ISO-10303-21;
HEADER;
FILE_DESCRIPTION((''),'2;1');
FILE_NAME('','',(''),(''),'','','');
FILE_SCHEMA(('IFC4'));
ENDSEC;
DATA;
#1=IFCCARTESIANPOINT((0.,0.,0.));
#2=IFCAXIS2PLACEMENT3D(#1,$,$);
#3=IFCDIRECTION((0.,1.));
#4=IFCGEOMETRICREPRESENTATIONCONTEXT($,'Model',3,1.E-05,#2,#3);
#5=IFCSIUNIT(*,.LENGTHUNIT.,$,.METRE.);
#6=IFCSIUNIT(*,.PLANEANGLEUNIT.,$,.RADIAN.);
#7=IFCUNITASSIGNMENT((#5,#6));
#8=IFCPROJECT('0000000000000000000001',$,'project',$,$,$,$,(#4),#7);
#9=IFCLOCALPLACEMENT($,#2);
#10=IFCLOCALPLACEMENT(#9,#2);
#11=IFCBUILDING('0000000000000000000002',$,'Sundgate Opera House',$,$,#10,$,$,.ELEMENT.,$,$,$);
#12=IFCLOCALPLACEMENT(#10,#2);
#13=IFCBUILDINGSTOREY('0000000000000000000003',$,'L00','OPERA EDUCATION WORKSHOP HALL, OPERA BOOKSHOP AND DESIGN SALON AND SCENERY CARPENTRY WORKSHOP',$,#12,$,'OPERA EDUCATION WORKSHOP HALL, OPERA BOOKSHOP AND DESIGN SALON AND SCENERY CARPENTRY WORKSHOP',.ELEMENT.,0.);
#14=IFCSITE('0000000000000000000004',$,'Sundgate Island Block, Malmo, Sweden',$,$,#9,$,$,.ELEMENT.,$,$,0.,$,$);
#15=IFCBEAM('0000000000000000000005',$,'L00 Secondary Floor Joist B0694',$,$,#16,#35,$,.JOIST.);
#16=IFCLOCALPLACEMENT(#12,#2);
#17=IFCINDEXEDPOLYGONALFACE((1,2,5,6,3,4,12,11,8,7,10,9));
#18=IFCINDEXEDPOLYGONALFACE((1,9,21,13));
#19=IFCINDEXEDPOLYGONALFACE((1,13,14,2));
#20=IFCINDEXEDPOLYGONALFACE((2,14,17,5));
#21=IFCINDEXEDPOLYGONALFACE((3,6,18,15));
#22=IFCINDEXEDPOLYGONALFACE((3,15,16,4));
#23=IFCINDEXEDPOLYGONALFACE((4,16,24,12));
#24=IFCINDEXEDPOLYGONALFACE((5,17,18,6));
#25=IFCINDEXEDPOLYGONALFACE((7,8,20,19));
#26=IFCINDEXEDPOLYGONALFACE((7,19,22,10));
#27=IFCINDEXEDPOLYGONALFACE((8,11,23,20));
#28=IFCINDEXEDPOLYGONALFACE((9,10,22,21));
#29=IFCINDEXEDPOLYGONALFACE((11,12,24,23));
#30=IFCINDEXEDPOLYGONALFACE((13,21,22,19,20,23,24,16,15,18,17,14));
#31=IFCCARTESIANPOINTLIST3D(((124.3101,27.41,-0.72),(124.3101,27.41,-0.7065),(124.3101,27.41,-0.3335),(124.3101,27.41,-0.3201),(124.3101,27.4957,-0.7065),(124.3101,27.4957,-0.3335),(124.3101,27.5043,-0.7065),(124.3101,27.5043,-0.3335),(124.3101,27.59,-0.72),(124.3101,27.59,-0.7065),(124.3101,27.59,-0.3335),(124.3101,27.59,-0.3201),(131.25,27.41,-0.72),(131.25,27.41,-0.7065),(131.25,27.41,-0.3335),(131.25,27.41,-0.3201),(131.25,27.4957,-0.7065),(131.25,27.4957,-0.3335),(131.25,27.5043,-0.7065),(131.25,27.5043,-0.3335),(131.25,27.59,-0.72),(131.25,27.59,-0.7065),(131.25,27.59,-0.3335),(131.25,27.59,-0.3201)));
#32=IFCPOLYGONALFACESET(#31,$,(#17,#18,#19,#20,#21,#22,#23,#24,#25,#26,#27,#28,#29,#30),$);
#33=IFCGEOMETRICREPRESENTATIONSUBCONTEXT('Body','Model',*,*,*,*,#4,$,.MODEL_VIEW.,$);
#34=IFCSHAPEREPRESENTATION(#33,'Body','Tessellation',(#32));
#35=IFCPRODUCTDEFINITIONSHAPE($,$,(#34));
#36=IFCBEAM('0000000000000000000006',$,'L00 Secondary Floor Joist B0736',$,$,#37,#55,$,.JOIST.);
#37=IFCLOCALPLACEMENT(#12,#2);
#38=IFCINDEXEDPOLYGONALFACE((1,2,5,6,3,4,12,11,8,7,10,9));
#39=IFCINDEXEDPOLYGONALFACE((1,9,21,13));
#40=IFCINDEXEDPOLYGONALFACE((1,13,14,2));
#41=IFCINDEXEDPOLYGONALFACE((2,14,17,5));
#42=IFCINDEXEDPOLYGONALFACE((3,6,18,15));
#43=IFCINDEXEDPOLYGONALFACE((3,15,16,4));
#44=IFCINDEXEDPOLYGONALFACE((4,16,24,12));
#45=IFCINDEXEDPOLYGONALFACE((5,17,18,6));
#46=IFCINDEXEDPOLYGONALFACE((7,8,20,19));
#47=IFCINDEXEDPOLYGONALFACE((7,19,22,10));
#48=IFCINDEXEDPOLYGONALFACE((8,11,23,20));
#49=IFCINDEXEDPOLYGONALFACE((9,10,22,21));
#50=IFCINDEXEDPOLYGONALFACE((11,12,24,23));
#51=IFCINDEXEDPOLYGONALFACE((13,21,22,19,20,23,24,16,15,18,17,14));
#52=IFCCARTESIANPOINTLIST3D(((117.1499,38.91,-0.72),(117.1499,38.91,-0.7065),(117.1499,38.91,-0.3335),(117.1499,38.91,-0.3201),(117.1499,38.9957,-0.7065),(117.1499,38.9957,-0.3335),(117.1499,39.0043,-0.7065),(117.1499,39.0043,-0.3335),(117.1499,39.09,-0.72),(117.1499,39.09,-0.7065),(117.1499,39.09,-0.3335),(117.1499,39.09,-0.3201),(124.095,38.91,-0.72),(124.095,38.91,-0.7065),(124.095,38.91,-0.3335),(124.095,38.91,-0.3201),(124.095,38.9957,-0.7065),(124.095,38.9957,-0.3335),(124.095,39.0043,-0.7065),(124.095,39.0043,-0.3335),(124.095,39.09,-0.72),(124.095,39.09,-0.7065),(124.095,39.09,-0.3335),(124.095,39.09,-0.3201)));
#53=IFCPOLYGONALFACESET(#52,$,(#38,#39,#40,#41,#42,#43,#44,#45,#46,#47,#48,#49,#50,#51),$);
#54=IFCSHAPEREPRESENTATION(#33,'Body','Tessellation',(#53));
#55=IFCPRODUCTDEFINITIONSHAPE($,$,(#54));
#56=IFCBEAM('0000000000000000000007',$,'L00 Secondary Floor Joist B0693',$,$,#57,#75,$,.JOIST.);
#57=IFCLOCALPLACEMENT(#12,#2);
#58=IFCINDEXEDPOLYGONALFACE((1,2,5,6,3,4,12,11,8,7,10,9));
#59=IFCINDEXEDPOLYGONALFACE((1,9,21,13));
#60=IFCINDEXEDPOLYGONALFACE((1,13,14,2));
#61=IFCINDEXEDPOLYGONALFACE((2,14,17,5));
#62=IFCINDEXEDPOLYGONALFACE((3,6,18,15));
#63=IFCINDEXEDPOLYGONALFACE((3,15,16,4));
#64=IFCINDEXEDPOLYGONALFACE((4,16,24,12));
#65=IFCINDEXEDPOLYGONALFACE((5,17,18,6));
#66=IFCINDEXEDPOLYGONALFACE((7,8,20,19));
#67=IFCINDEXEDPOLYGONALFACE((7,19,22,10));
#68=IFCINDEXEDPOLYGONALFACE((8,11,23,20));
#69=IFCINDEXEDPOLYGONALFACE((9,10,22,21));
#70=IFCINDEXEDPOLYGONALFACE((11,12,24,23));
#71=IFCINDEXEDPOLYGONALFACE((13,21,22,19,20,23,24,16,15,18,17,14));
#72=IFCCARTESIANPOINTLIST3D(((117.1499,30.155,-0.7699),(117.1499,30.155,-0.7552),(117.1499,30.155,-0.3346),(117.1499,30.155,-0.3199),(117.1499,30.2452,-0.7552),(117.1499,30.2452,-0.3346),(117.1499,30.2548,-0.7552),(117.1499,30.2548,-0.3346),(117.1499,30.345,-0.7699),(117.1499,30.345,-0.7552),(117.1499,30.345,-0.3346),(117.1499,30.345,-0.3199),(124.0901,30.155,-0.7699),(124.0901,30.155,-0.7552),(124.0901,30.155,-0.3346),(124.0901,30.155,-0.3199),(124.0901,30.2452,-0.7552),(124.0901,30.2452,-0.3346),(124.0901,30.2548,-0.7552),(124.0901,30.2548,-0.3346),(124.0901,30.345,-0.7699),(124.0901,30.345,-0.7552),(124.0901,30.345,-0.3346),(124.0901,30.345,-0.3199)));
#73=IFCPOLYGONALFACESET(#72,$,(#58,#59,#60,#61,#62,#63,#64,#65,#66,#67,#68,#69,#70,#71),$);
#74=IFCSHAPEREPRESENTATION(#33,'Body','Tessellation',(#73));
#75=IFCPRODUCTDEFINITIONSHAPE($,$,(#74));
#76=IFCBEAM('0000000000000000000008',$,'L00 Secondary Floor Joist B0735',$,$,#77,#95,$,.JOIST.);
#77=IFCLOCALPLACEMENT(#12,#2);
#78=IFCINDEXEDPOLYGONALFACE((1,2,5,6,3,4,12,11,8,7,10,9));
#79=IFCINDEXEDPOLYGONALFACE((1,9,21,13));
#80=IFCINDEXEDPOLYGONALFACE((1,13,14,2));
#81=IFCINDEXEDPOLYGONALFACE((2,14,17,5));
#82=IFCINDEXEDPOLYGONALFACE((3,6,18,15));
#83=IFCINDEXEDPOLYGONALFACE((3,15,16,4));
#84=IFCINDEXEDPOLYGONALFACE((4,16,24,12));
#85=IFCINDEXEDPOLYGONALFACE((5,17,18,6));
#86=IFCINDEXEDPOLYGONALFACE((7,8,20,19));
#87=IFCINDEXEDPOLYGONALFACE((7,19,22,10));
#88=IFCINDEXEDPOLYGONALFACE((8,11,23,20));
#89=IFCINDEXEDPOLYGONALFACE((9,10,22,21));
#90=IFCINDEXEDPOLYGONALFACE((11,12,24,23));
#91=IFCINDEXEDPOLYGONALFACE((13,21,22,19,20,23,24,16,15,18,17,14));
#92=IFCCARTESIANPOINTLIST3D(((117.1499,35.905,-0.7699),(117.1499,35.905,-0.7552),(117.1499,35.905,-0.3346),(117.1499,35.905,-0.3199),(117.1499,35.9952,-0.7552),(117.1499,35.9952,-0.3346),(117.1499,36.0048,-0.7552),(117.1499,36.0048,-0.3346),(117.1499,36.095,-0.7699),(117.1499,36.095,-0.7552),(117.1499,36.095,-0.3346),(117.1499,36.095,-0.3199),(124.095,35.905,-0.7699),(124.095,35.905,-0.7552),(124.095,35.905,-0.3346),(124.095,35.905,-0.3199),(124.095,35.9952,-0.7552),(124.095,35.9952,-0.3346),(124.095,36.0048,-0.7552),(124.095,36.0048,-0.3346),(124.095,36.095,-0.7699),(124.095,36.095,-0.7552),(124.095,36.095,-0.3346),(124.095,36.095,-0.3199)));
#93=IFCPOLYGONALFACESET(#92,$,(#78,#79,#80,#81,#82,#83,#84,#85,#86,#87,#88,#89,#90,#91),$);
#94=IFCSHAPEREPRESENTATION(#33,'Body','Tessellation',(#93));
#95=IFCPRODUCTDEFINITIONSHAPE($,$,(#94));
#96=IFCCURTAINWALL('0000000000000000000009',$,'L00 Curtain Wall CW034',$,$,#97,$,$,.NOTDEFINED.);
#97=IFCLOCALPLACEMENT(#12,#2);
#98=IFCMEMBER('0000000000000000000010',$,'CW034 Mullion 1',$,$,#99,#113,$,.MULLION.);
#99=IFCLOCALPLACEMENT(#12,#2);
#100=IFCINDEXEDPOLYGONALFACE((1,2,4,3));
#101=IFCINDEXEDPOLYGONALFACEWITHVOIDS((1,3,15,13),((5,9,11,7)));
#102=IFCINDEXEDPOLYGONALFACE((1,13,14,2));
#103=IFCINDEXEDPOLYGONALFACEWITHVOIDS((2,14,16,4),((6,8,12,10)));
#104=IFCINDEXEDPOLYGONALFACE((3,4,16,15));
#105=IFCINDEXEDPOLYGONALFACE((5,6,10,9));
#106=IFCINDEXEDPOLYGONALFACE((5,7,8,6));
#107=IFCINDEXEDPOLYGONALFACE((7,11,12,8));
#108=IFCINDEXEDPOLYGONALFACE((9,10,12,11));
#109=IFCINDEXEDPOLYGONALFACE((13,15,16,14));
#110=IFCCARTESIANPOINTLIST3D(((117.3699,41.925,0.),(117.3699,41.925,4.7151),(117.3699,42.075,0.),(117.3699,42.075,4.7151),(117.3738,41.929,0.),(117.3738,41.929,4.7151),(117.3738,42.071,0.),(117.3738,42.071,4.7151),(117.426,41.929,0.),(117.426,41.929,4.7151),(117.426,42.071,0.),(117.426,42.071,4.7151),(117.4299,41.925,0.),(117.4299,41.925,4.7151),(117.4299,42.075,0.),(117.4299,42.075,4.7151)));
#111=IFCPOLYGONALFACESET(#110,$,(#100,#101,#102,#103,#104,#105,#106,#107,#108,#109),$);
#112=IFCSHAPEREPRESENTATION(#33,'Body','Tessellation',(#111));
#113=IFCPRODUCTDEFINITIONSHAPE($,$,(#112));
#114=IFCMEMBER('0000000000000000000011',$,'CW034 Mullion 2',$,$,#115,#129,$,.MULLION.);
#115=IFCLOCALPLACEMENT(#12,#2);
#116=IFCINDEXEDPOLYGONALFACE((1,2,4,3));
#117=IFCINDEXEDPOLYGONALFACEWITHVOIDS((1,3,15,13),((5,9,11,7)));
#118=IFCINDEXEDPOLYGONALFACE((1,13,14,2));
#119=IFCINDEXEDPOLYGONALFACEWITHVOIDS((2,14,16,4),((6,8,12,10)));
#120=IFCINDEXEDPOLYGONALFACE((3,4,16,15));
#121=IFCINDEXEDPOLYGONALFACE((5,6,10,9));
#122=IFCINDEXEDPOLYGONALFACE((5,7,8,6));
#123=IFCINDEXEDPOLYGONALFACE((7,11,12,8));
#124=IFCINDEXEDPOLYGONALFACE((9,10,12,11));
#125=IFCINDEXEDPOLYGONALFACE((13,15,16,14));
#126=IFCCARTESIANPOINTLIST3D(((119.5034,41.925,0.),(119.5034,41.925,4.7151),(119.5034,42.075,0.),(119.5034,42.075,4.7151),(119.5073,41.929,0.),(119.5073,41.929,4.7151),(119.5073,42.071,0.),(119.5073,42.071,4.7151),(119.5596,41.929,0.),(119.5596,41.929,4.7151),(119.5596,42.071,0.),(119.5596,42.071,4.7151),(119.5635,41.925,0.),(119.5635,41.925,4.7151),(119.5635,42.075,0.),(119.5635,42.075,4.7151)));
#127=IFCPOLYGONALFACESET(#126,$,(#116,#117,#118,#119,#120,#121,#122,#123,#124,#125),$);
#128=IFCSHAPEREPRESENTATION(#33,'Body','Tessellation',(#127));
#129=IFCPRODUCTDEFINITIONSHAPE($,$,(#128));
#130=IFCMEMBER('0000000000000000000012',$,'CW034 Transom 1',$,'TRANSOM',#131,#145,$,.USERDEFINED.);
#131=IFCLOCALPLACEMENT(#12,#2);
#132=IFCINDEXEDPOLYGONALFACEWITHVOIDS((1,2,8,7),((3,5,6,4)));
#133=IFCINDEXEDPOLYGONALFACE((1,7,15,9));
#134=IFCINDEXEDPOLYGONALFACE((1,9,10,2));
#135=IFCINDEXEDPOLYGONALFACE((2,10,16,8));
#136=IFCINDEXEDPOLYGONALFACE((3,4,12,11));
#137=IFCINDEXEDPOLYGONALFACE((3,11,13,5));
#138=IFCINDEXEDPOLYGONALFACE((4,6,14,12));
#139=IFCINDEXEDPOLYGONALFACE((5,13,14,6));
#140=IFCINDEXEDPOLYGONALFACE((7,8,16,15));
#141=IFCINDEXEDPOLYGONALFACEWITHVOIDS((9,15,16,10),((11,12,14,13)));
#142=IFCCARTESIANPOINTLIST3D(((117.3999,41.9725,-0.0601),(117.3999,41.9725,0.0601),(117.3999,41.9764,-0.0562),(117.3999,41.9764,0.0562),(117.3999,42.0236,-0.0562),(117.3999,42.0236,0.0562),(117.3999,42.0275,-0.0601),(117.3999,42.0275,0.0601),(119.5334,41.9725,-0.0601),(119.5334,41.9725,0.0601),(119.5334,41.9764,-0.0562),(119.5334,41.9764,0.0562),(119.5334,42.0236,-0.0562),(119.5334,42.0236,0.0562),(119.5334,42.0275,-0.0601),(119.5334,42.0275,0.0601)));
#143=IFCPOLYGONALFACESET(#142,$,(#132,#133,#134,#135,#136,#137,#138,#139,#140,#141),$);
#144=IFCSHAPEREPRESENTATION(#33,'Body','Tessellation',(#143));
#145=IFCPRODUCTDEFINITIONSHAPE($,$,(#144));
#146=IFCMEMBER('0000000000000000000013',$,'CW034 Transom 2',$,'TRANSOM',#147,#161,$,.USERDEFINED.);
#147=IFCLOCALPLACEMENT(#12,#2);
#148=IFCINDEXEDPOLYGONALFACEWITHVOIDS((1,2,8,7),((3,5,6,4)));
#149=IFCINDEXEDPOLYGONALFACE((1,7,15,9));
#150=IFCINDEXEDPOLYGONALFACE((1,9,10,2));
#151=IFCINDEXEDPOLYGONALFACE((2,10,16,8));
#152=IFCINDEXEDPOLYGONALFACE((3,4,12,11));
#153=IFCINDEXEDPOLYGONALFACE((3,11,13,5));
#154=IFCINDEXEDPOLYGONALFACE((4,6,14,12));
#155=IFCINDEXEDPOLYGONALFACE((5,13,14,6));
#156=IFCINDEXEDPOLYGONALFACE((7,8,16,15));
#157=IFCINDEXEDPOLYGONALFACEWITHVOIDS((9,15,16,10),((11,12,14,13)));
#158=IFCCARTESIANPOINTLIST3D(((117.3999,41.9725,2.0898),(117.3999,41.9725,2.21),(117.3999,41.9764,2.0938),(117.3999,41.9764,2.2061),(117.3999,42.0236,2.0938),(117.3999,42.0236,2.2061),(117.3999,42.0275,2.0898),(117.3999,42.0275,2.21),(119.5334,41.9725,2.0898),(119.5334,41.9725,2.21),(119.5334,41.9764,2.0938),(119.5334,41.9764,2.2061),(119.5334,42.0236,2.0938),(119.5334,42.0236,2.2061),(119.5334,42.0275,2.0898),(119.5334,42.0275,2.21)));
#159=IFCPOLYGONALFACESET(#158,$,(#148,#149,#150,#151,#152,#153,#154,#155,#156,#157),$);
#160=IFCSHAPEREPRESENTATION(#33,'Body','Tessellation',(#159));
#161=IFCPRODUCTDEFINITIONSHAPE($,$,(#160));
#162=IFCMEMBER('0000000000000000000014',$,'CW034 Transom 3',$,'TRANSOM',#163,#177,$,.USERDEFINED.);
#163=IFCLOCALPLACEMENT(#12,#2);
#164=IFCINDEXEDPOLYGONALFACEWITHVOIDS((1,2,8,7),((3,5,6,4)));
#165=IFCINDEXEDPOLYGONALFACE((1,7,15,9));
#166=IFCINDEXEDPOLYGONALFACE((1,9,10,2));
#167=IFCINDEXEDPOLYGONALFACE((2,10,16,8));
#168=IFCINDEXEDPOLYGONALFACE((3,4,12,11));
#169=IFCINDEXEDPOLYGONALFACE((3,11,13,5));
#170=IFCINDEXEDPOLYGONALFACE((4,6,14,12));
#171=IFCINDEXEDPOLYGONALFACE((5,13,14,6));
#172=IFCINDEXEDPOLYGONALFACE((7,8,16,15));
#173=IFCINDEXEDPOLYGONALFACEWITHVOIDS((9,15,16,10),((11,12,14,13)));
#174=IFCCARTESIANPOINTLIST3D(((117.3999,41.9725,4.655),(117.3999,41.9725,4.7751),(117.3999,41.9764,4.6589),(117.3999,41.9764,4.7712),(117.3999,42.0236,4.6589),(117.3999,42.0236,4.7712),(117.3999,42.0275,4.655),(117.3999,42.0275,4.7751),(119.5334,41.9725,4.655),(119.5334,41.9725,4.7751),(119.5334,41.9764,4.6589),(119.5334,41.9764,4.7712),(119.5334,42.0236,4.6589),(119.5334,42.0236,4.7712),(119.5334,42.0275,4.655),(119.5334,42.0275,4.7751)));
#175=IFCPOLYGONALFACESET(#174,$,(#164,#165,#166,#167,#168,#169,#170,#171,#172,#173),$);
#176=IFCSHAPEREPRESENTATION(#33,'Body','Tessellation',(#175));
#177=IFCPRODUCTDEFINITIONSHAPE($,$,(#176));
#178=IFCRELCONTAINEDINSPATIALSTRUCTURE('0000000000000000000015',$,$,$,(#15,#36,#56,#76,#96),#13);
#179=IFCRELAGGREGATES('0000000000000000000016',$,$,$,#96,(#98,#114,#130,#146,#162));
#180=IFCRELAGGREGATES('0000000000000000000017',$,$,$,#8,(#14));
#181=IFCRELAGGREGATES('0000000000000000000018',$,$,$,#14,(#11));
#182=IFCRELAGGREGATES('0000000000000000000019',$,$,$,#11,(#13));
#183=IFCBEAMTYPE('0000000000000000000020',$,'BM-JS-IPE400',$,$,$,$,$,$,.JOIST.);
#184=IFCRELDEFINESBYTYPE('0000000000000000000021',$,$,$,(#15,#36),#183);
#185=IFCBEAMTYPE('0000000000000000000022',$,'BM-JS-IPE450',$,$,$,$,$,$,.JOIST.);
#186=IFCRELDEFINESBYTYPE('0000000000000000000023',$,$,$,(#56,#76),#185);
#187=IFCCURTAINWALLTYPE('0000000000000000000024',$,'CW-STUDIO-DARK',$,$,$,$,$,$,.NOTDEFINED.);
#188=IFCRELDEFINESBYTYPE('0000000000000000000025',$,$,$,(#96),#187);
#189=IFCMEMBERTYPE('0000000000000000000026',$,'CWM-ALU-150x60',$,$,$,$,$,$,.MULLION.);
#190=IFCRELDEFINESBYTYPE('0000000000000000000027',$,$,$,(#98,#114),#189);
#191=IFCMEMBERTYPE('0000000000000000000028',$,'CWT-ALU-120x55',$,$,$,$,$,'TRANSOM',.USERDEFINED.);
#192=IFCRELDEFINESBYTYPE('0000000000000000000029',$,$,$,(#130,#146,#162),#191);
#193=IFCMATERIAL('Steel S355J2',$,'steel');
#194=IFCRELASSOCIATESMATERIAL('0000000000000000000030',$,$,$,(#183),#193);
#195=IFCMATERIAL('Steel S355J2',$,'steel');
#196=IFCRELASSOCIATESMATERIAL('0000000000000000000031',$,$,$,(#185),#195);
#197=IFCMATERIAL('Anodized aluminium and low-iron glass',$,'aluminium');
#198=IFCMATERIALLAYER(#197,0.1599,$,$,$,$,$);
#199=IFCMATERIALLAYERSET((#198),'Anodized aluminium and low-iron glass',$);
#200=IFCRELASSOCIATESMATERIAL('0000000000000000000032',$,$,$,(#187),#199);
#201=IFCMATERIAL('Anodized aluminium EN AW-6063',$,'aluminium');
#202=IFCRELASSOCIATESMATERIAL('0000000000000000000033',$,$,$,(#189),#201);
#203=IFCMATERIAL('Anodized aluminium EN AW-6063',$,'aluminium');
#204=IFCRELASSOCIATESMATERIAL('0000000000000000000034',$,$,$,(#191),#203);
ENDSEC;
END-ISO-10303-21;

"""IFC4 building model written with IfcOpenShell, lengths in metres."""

from ifc_helpers import new_model, si_unit, direction, frame, origin, origin_2d, place, context, subcontext, project, spatial, hollow_rectangle, i_section, extrude, material, layer, layer_set, material_profile, profile_set, type_object, element, aggregate, save


model = new_model("IFC4")

# Units and contexts
model_context = context("Model", 3, precision=1e-05, world=origin(), true_north=direction((0.0, 1.0)))
body_context = subcontext(model_context, "Body", "Model", "MODEL_VIEW")
ifc_project = project(units=[si_unit("LENGTHUNIT", "METRE"), si_unit("PLANEANGLEUNIT", "RADIAN")], contexts=[model_context])

# Site, building, storey
site_placement = place(None, origin())
site = spatial("IfcSite", under=ifc_project, at=site_placement, Name="Sundgate Island Block, Malmo, Sweden", CompositionType="ELEMENT", RefElevation=0.0)
building_placement = place(site_placement, origin())
building = spatial("IfcBuilding", under=site, at=building_placement, Name="Sundgate Opera House", CompositionType="ELEMENT")
storey_placement = place(building_placement, origin())
storey = spatial("IfcBuildingStorey", under=building, at=storey_placement, Name="L00", Description="OPERA EDUCATION WORKSHOP HALL, OPERA BOOKSHOP AND DESIGN SALON AND SCENERY CARPENTRY WORKSHOP", LongName="OPERA EDUCATION WORKSHOP HALL, OPERA BOOKSHOP AND DESIGN SALON AND SCENERY CARPENTRY WORKSHOP", CompositionType="ELEMENT", Elevation=0.0)

# Beams
ifc_material_1 = material(Name="Steel S355J2", Category="steel")
ifc_material_profile_1 = material_profile(ifc_material_1, i_section(OverallWidth=0.1799, OverallDepth=0.3999, WebThickness=0.0085, FlangeThickness=0.0134, at=origin_2d()), Name="IPE 400")
ifc_profile_set_1 = profile_set([ifc_material_profile_1], Name="Steel S355J2")
beam_type_1 = type_object("IfcBeamType", Name="BM-JS-IPE400", PredefinedType="JOIST", material=ifc_profile_set_1)
beam_1_placement = place(storey_placement, frame((124.3101, 27.5, -0.52), z_axis=(1.0, 0.0, 0.0), x_axis=(0.0, 1.0, 0.0)))
element("IfcBeam", 1, at=beam_1_placement, inside=storey, type_object=beam_type_1, Name="L00 Secondary Floor Joist B0694", PredefinedType="JOIST", context=body_context, shape_type="SweptSolid", body=[
    extrude(i_section(OverallWidth=0.1799, OverallDepth=0.3999, WebThickness=0.0085, FlangeThickness=0.0134, at=origin_2d()), origin(), (0.0, 0.0, 1.0), 6.9399),
])
beam_2_placement = place(storey_placement, frame((117.1499, 39.0, -0.52), z_axis=(1.0, 0.0, 0.0), x_axis=(0.0, 1.0, 0.0)))
element("IfcBeam", 2, at=beam_2_placement, inside=storey, type_object=beam_type_1, Name="L00 Secondary Floor Joist B0736", PredefinedType="JOIST", context=body_context, shape_type="SweptSolid", body=[
    extrude(i_section(OverallWidth=0.1799, OverallDepth=0.3999, WebThickness=0.0085, FlangeThickness=0.0134, at=origin_2d()), origin(), (0.0, 0.0, 1.0), 6.9451),
])
ifc_material_2 = material(Name="Steel S355J2", Category="steel")
ifc_material_profile_2 = material_profile(ifc_material_2, i_section(OverallWidth=0.1899, OverallDepth=0.45, WebThickness=0.0095, FlangeThickness=0.0146, at=origin_2d()), Name="IPE 450")
ifc_profile_set_2 = profile_set([ifc_material_profile_2], Name="Steel S355J2")
beam_type_2 = type_object("IfcBeamType", Name="BM-JS-IPE450", PredefinedType="JOIST", material=ifc_profile_set_2)
beam_3_placement = place(storey_placement, frame((117.1499, 30.25, -0.5449), z_axis=(1.0, 0.0, 0.0), x_axis=(0.0, 1.0, 0.0)))
element("IfcBeam", 3, at=beam_3_placement, inside=storey, type_object=beam_type_2, Name="L00 Secondary Floor Joist B0693", PredefinedType="JOIST", context=body_context, shape_type="SweptSolid", body=[
    extrude(i_section(OverallWidth=0.1899, OverallDepth=0.45, WebThickness=0.0095, FlangeThickness=0.0146, at=origin_2d()), origin(), (0.0, 0.0, 1.0), 6.9402),
])
beam_4_placement = place(storey_placement, frame((117.1499, 36.0, -0.5449), z_axis=(1.0, 0.0, 0.0), x_axis=(0.0, 1.0, 0.0)))
element("IfcBeam", 4, at=beam_4_placement, inside=storey, type_object=beam_type_2, Name="L00 Secondary Floor Joist B0735", PredefinedType="JOIST", context=body_context, shape_type="SweptSolid", body=[
    extrude(i_section(OverallWidth=0.1899, OverallDepth=0.45, WebThickness=0.0095, FlangeThickness=0.0146, at=origin_2d()), origin(), (0.0, 0.0, 1.0), 6.9451),
])

# Curtain wall, members
ifc_material_3 = material(Name="Anodized aluminium and low-iron glass", Category="aluminium")
ifc_layer_1 = layer(ifc_material_3, 0.1599)
ifc_layer_set_1 = layer_set([ifc_layer_1], Name="Anodized aluminium and low-iron glass")
curtain_wall_type = type_object("IfcCurtainWallType", Name="CW-STUDIO-DARK", PredefinedType="NOTDEFINED", material=ifc_layer_set_1)
curtain_wall_placement = place(storey_placement, origin())
curtain_wall = element("IfcCurtainWall", 5, at=curtain_wall_placement, inside=storey, type_object=curtain_wall_type, Name="L00 Curtain Wall CW034", PredefinedType="NOTDEFINED")
ifc_material_4 = material(Name="Anodized aluminium EN AW-6063", Category="aluminium")
ifc_material_profile_3 = material_profile(ifc_material_4, hollow_rectangle(XDim=0.0601, YDim=0.1499, WallThickness=0.0039, at=origin_2d()), Name="CWM 150x60x4")
ifc_profile_set_3 = profile_set([ifc_material_profile_3], Name="Anodized aluminium EN AW-6063")
member_type_1 = type_object("IfcMemberType", Name="CWM-ALU-150x60", PredefinedType="MULLION", material=ifc_profile_set_3)
member_1_placement = place(storey_placement, frame((117.3999, 42.0, 0.0), z_axis=(0.0, 0.0, 1.0), x_axis=(1.0, 0.0, 0.0)))
member_1 = element("IfcMember", 6, at=member_1_placement, type_object=member_type_1, Name="CW034 Mullion 1", PredefinedType="MULLION", context=body_context, shape_type="SweptSolid", body=[
    extrude(hollow_rectangle(XDim=0.0601, YDim=0.1499, WallThickness=0.0039, at=origin_2d()), origin(), (0.0, 0.0, 1.0), 4.7151),
])
member_2_placement = place(storey_placement, frame((119.5334, 42.0, 0.0), z_axis=(0.0, 0.0, 1.0), x_axis=(1.0, 0.0, 0.0)))
member_2 = element("IfcMember", 7, at=member_2_placement, type_object=member_type_1, Name="CW034 Mullion 2", PredefinedType="MULLION", context=body_context, shape_type="SweptSolid", body=[
    extrude(hollow_rectangle(XDim=0.0601, YDim=0.1499, WallThickness=0.0039, at=origin_2d()), origin(), (0.0, 0.0, 1.0), 4.7151),
])
ifc_material_5 = material(Name="Anodized aluminium EN AW-6063", Category="aluminium")
ifc_material_profile_4 = material_profile(ifc_material_5, hollow_rectangle(XDim=0.0549, YDim=0.1201, WallThickness=0.0039, at=origin_2d()), Name="CWT 120x55x4")
ifc_profile_set_4 = profile_set([ifc_material_profile_4], Name="Anodized aluminium EN AW-6063")
member_type_2 = type_object("IfcMemberType", Name="CWT-ALU-120x55", ElementType="TRANSOM", PredefinedType="USERDEFINED", material=ifc_profile_set_4)
member_3_placement = place(storey_placement, frame((117.3999, 42.0, 0.0), z_axis=(1.0, 0.0, 0.0), x_axis=(0.0, 1.0, 0.0)))
member_3 = element("IfcMember", 8, at=member_3_placement, type_object=member_type_2, Name="CW034 Transom 1", ObjectType="TRANSOM", PredefinedType="USERDEFINED", context=body_context, shape_type="SweptSolid", body=[
    extrude(hollow_rectangle(XDim=0.0549, YDim=0.1201, WallThickness=0.0039, at=origin_2d()), origin(), (0.0, 0.0, 1.0), 2.1335),
])
member_4_placement = place(storey_placement, frame((117.3999, 42.0, 2.1499), z_axis=(1.0, 0.0, 0.0), x_axis=(0.0, 1.0, 0.0)))
member_4 = element("IfcMember", 9, at=member_4_placement, type_object=member_type_2, Name="CW034 Transom 2", ObjectType="TRANSOM", PredefinedType="USERDEFINED", context=body_context, shape_type="SweptSolid", body=[
    extrude(hollow_rectangle(XDim=0.0549, YDim=0.1201, WallThickness=0.0039, at=origin_2d()), origin(), (0.0, 0.0, 1.0), 2.1335),
])
member_5_placement = place(storey_placement, frame((117.3999, 42.0, 4.7151), z_axis=(1.0, 0.0, 0.0), x_axis=(0.0, 1.0, 0.0)))
member_5 = element("IfcMember", 10, at=member_5_placement, type_object=member_type_2, Name="CW034 Transom 3", ObjectType="TRANSOM", PredefinedType="USERDEFINED", context=body_context, shape_type="SweptSolid", body=[
    extrude(hollow_rectangle(XDim=0.0549, YDim=0.1201, WallThickness=0.0039, at=origin_2d()), origin(), (0.0, 0.0, 1.0), 2.1335),
])
aggregate(curtain_wall, [member_1, member_2, member_3, member_4, member_5])

save(model, "model.ifc")
